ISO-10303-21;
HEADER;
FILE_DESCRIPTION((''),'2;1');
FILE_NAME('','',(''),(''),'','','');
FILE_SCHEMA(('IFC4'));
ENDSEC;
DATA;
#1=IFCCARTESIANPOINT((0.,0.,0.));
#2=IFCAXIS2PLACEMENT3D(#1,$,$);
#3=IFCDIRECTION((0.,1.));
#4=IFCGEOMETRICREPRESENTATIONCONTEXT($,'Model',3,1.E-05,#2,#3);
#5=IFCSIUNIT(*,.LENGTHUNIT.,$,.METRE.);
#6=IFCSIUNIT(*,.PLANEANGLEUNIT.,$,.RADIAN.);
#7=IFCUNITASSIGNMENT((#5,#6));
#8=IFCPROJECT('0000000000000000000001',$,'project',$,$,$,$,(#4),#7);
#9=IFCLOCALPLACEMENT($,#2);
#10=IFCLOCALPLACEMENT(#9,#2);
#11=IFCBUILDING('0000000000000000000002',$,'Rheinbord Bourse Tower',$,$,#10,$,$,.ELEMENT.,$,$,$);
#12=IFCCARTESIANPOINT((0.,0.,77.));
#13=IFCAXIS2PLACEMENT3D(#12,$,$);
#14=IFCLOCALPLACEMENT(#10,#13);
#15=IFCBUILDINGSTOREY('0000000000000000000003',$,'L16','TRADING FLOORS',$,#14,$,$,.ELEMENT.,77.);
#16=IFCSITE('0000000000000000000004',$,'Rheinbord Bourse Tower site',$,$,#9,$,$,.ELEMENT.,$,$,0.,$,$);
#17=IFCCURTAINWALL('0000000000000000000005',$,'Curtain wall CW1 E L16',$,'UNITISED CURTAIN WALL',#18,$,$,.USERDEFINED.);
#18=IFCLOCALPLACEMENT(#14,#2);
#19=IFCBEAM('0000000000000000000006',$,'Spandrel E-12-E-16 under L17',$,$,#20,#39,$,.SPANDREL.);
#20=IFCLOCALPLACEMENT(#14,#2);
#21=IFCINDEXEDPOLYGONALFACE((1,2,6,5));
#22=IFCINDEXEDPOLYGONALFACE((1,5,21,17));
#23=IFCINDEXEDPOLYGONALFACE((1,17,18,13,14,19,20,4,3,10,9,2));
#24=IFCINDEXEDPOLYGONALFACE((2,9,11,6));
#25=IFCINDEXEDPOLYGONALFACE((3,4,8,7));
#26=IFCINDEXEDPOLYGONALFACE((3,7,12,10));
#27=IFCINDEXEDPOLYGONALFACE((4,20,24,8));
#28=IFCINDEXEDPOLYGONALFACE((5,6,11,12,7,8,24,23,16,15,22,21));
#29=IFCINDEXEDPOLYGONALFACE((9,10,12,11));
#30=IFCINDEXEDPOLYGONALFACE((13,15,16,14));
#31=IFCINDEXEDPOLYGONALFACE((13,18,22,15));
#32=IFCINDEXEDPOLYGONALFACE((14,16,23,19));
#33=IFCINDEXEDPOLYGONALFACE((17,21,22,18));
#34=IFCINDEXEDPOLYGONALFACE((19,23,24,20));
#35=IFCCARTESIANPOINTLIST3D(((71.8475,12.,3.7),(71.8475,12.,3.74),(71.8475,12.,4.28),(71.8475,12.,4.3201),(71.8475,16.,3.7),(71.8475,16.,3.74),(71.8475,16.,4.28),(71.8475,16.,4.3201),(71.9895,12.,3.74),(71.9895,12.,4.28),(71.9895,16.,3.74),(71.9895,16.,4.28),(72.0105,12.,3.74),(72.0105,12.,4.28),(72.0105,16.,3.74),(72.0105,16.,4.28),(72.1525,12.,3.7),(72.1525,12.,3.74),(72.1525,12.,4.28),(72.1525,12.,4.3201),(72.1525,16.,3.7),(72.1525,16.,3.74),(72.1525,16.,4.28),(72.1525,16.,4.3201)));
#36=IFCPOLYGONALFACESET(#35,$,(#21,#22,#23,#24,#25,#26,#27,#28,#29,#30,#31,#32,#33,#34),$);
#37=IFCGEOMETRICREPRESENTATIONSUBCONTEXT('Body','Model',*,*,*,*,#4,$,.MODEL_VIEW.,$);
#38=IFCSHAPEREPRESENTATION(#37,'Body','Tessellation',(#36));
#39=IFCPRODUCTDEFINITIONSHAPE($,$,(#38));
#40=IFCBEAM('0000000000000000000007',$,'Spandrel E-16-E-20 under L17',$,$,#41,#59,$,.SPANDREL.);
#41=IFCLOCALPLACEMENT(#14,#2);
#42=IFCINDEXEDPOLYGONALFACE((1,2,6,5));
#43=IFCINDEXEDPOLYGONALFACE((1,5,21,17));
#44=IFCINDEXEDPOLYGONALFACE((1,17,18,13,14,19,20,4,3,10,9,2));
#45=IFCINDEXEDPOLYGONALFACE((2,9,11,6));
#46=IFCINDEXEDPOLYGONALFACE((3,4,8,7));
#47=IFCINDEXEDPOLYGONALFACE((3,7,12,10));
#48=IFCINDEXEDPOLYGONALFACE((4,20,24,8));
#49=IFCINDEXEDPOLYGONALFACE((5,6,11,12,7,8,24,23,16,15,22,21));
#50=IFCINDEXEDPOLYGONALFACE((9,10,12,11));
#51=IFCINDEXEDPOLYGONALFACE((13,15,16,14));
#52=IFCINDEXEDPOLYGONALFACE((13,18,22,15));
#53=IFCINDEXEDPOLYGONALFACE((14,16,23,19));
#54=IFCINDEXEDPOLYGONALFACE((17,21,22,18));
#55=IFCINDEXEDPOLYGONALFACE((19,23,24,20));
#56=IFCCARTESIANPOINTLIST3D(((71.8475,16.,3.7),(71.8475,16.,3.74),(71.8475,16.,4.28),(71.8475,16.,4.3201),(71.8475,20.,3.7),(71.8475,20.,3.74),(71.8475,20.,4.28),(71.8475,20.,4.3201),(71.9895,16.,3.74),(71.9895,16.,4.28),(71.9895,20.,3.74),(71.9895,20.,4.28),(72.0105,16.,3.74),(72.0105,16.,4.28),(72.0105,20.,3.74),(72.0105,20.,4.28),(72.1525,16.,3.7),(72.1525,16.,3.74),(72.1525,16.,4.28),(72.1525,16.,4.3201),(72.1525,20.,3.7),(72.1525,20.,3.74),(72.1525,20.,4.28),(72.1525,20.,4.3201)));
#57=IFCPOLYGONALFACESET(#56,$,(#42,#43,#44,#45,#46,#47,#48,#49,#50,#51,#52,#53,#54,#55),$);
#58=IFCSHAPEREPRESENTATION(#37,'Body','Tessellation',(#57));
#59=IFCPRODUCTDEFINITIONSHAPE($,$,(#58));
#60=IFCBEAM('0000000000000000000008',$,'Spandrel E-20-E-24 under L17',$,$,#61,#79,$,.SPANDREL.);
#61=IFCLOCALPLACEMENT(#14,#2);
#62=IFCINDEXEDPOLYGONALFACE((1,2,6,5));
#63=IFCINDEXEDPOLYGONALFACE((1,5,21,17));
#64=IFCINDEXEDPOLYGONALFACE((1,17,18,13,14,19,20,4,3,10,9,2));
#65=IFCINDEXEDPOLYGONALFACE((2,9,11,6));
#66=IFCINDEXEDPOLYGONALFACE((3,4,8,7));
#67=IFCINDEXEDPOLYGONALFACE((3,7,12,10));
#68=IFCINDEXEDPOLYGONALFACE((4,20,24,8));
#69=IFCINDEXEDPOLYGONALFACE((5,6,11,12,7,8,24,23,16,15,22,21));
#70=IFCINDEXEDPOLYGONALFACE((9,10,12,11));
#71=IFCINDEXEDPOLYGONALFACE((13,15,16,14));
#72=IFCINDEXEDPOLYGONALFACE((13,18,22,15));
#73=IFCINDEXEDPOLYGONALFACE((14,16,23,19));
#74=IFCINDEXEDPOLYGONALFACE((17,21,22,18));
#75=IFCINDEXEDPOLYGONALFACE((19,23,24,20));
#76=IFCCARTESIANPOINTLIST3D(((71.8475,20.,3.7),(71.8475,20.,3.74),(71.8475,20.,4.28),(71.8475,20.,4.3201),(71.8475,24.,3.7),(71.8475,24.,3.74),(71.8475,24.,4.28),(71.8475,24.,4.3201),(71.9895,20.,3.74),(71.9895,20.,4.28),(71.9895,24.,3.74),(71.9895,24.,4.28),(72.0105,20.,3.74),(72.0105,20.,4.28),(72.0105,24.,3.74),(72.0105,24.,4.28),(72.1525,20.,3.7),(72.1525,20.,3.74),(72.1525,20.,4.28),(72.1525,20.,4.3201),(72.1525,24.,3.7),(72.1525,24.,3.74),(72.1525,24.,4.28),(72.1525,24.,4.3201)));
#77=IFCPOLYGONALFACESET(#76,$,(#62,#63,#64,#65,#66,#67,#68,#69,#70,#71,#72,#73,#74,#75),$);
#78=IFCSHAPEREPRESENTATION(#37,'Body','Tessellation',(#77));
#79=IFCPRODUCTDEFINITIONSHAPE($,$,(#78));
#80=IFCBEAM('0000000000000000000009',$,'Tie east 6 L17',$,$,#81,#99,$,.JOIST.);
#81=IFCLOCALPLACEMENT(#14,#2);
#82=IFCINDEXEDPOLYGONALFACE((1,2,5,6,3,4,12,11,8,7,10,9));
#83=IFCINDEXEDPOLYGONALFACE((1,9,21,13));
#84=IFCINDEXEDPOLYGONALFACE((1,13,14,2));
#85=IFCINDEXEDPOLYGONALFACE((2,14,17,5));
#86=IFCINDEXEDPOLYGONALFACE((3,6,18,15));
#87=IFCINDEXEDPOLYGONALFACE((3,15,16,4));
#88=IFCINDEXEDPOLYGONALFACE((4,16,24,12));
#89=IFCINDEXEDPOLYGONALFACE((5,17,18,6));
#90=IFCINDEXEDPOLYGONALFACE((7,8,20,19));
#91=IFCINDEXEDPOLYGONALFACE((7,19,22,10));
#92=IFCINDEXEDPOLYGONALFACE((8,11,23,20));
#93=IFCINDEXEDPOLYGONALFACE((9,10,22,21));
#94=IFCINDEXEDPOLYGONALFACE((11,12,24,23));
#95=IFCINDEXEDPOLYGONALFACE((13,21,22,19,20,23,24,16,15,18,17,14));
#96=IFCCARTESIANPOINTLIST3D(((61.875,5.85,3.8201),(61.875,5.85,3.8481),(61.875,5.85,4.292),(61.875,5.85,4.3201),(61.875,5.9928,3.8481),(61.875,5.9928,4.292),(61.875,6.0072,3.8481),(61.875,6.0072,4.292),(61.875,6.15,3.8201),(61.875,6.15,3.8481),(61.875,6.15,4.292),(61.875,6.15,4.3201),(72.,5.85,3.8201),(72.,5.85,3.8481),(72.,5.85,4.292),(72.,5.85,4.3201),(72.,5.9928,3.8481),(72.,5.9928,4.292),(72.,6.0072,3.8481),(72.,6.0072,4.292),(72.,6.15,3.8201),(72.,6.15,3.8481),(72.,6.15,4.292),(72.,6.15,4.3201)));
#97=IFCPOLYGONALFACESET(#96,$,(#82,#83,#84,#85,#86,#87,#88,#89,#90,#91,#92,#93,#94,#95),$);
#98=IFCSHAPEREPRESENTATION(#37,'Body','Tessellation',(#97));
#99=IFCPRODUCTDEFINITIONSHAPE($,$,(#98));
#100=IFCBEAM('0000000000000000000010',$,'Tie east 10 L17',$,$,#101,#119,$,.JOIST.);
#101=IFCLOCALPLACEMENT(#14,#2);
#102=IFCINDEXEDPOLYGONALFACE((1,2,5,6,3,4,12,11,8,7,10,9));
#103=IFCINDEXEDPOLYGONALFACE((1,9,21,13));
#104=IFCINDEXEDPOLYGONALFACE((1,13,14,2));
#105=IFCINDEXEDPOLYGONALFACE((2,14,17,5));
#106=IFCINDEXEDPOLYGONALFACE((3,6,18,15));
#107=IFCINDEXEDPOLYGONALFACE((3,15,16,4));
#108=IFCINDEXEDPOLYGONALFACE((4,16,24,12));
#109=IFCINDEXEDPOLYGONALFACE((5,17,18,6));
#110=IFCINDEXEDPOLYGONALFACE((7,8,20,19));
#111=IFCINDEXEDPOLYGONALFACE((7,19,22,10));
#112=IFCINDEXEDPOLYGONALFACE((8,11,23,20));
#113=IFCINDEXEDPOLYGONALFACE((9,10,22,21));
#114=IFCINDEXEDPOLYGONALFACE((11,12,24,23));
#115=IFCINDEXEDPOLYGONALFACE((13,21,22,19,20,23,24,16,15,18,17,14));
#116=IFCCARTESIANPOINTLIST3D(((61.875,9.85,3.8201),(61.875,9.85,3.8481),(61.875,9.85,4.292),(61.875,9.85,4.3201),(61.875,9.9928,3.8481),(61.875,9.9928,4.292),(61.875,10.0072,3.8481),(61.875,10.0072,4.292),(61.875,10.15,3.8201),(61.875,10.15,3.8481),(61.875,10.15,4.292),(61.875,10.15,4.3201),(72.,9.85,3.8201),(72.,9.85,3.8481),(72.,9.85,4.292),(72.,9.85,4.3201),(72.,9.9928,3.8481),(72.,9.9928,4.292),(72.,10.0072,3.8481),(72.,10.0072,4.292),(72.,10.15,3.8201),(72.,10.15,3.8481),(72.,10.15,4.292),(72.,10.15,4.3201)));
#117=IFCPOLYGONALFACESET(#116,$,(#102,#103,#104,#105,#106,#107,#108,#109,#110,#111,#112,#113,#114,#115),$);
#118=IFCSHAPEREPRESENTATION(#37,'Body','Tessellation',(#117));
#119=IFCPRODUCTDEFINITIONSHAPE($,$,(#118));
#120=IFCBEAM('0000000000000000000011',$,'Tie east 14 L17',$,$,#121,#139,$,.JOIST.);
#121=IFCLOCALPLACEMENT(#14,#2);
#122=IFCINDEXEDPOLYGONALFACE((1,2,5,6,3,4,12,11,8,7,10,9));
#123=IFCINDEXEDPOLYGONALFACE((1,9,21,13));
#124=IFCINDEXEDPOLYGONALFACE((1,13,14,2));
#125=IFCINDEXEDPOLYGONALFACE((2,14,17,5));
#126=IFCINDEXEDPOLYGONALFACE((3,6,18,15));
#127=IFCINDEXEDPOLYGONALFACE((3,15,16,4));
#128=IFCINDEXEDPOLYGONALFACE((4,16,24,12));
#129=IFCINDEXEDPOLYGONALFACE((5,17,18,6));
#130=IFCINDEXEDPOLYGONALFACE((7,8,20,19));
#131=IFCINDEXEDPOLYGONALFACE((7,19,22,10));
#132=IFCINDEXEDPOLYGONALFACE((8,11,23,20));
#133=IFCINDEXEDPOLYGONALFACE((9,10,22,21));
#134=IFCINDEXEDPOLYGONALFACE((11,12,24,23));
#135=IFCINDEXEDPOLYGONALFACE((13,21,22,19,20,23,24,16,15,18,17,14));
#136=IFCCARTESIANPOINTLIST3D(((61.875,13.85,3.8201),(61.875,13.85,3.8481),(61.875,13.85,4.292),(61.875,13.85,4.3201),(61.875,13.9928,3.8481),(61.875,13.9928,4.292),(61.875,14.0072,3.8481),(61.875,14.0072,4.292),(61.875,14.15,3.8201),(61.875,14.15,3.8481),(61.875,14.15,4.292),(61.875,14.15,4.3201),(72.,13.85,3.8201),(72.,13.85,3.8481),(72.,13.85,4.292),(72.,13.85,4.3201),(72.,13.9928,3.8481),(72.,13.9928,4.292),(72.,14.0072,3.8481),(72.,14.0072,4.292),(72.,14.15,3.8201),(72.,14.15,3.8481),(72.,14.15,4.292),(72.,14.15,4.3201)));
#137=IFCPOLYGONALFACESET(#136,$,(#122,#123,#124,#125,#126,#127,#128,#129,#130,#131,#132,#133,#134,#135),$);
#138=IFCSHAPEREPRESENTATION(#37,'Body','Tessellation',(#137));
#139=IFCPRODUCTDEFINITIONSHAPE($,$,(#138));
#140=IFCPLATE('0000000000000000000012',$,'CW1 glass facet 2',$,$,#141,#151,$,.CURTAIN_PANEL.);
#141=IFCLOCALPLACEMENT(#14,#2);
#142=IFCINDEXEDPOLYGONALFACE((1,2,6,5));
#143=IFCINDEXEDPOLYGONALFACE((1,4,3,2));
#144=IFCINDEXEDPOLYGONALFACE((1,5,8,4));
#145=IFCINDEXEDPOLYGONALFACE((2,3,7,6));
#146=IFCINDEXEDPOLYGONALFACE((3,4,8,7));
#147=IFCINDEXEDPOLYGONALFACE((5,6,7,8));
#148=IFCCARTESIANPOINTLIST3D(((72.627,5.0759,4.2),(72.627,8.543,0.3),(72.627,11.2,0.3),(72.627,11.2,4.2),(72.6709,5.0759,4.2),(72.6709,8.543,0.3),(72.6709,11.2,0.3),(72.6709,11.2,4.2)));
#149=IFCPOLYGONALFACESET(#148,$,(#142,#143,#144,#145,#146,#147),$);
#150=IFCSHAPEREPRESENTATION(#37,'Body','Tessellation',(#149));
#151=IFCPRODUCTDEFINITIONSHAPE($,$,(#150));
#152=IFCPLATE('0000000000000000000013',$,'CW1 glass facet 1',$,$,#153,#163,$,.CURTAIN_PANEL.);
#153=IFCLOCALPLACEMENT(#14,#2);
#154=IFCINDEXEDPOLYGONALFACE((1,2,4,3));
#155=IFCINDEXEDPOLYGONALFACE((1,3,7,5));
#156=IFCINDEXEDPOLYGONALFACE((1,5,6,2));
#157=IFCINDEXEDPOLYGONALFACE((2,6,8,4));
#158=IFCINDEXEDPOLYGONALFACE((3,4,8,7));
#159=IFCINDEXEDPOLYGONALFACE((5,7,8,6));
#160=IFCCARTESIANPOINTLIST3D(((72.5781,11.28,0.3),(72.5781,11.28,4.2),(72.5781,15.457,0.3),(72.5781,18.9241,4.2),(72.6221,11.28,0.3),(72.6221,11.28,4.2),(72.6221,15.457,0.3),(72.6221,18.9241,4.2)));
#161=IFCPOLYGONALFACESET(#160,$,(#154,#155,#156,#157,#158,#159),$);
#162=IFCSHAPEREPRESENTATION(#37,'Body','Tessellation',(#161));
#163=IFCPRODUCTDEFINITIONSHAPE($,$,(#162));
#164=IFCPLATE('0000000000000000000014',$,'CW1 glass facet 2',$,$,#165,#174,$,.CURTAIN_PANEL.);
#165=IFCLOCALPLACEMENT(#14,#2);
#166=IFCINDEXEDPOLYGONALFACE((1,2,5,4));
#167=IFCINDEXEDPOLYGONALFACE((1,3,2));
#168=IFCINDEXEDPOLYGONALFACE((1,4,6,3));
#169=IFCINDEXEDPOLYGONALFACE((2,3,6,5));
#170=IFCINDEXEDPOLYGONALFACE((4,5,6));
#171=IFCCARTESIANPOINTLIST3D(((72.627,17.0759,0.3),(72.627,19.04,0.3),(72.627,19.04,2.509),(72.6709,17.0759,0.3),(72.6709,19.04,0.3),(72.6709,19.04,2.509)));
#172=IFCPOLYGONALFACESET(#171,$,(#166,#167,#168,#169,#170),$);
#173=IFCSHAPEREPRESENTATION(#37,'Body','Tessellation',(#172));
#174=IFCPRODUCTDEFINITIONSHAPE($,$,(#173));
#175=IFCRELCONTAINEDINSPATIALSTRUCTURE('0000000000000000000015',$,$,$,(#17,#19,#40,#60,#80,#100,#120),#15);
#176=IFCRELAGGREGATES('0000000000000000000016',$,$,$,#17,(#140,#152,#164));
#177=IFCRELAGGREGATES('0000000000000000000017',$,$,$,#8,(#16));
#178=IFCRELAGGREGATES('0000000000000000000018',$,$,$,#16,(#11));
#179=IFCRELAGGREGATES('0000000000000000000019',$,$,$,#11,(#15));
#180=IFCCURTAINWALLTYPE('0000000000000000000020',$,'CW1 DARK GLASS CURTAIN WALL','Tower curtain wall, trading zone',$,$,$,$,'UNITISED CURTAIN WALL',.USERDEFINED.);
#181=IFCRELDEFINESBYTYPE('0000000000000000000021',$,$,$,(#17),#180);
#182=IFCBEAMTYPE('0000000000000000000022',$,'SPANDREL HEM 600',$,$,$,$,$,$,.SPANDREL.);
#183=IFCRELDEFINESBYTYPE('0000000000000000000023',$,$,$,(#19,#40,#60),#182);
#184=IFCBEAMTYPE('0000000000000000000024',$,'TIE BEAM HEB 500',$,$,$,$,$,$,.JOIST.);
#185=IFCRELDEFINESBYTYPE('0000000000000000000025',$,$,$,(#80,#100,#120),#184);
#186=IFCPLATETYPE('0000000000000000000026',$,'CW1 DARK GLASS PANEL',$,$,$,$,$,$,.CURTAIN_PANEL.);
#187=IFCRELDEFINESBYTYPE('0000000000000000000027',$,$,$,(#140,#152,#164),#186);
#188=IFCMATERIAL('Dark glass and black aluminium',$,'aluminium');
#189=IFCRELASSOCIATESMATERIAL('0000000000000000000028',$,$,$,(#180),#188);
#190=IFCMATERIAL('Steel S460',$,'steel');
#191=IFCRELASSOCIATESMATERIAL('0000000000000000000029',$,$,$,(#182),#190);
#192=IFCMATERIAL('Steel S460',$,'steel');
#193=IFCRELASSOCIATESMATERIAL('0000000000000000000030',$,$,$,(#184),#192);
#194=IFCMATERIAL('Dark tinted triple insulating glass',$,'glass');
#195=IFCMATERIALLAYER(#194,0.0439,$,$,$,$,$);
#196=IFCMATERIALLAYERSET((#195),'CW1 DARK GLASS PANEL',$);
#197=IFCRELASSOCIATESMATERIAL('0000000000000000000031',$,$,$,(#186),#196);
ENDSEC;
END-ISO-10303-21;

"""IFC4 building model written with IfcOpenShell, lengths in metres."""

from ifc_helpers import new_model, si_unit, direction, frame, origin, origin_2d, place, context, subcontext, project, spatial, polyline, i_section, outline, extrude, material, layer, layer_set, material_profile, profile_set, type_object, element, aggregate, save


model = new_model("IFC4")

# Units and contexts
model_context = context("Model", 3, precision=1e-05, world=origin(), true_north=direction((0.0, 1.0)))
body_context = subcontext(model_context, "Body", "Model", "MODEL_VIEW")
ifc_project = project(units=[si_unit("LENGTHUNIT", "METRE"), si_unit("PLANEANGLEUNIT", "RADIAN")], contexts=[model_context])

# Site, building, storey
site_placement = place(None, origin())
site = spatial("IfcSite", under=ifc_project, at=site_placement, Name="Rheinbord Bourse Tower site", CompositionType="ELEMENT", RefElevation=0.0)
building_placement = place(site_placement, origin())
building = spatial("IfcBuilding", under=site, at=building_placement, Name="Rheinbord Bourse Tower", CompositionType="ELEMENT")
storey_placement = place(building_placement, frame((0.0, 0.0, 77.0)))
storey = spatial("IfcBuildingStorey", under=building, at=storey_placement, Name="L16", Description="TRADING FLOORS", CompositionType="ELEMENT", Elevation=77.0)

# Curtain wall
ifc_material_1 = material(Name="Dark glass and black aluminium", Category="aluminium")
curtain_wall_type = type_object("IfcCurtainWallType", Name="CW1 DARK GLASS CURTAIN WALL", Description="Tower curtain wall, trading zone", ElementType="UNITISED CURTAIN WALL", PredefinedType="USERDEFINED", material=ifc_material_1)
curtain_wall_placement = place(storey_placement, origin())
curtain_wall = element("IfcCurtainWall", 1, at=curtain_wall_placement, inside=storey, type_object=curtain_wall_type, Name="Curtain wall CW1 E L16", ObjectType="UNITISED CURTAIN WALL", PredefinedType="USERDEFINED")

# Beams
ifc_material_2 = material(Name="Steel S460", Category="steel")
ifc_material_profile_1 = material_profile(ifc_material_2, i_section(OverallWidth=0.3049, OverallDepth=0.6201, WebThickness=0.021, FlangeThickness=0.04, at=origin_2d()), Name="HEM 600")
ifc_profile_set_1 = profile_set([ifc_material_profile_1], Name="Steel S460")
beam_type_1 = type_object("IfcBeamType", Name="SPANDREL HEM 600", PredefinedType="SPANDREL", material=ifc_profile_set_1)
for number, where, z_axis, x_axis, name in (
    (2, (72.0, 12.0, 4.01), (0.0, 1.0, 0.0), (-1.0, 0.0, 0.0), "Spandrel E-12-E-16 under L17"),
    (3, (72.0, 16.0, 4.01), (0.0, 1.0, 0.0), (-1.0, 0.0, 0.0), "Spandrel E-16-E-20 under L17"),
    (4, (72.0, 20.0, 4.01), (0.0, 1.0, 0.0), (-1.0, 0.0, 0.0), "Spandrel E-20-E-24 under L17"),
):
    element("IfcBeam", number, at=place(storey_placement, frame(where, z_axis=z_axis, x_axis=x_axis)), inside=storey, type_object=beam_type_1, Name=name, PredefinedType="SPANDREL", context=body_context, shape_type="SweptSolid", body=[
        extrude(i_section(OverallWidth=0.3049, OverallDepth=0.6201, WebThickness=0.021, FlangeThickness=0.04, at=origin_2d()), origin(), (0.0, 0.0, 1.0), 4.0),
    ])
ifc_material_3 = material(Name="Steel S460", Category="steel")
ifc_material_profile_2 = material_profile(ifc_material_3, i_section(OverallWidth=0.3, OverallDepth=0.5, WebThickness=0.0144, FlangeThickness=0.0281, at=origin_2d()), Name="HEB 500")
ifc_profile_set_2 = profile_set([ifc_material_profile_2], Name="Steel S460")
beam_type_2 = type_object("IfcBeamType", Name="TIE BEAM HEB 500", PredefinedType="JOIST", material=ifc_profile_set_2)
for number, where, z_axis, x_axis, name in (
    (5, (61.875, 6.0, 4.0701), (1.0, 0.0, 0.0), (0.0, 1.0, 0.0), "Tie east 6 L17"),
    (6, (61.875, 10.0, 4.0701), (1.0, 0.0, 0.0), (0.0, 1.0, 0.0), "Tie east 10 L17"),
    (7, (61.875, 14.0, 4.0701), (1.0, 0.0, 0.0), (0.0, 1.0, 0.0), "Tie east 14 L17"),
):
    element("IfcBeam", number, at=place(storey_placement, frame(where, z_axis=z_axis, x_axis=x_axis)), inside=storey, type_object=beam_type_2, Name=name, PredefinedType="JOIST", context=body_context, shape_type="SweptSolid", body=[
        extrude(i_section(OverallWidth=0.3, OverallDepth=0.5, WebThickness=0.0144, FlangeThickness=0.0281, at=origin_2d()), origin(), (0.0, 0.0, 1.0), 10.125),
    ])

# Plates
ifc_material_4 = material(Name="Dark tinted triple insulating glass", Category="glass")
ifc_layer_1 = layer(ifc_material_4, 0.0439)
ifc_layer_set_1 = layer_set([ifc_layer_1], Name="CW1 DARK GLASS PANEL")
plate_type = type_object("IfcPlateType", Name="CW1 DARK GLASS PANEL", PredefinedType="CURTAIN_PANEL", material=ifc_layer_set_1)
plate_1_placement = place(storey_placement, frame((72.6709, 11.2, 4.2), z_axis=(-1.0, 0.0, 0.0), x_axis=(0.0, 0.0, -1.0)))
plate_1 = element("IfcPlate", 8, at=plate_1_placement, type_object=plate_type, Name="CW1 glass facet 2", PredefinedType="CURTAIN_PANEL", context=body_context, shape_type="SweptSolid", body=[
    extrude(outline(polyline([(0.0, 0.0), (3.8999, 0.0), (3.8999, 2.657), (0.0, 6.124), (0.0, 0.0)])), origin(), (0.0, 0.0, 1.0), 0.0439),
])
plate_2_placement = place(storey_placement, frame((72.6221, 11.28, 0.3), z_axis=(-1.0, 0.0, 0.0), x_axis=(0.0, 0.0, 1.0)))
plate_2 = element("IfcPlate", 9, at=plate_2_placement, type_object=plate_type, Name="CW1 glass facet 1", PredefinedType="CURTAIN_PANEL", context=body_context, shape_type="SweptSolid", body=[
    extrude(outline(polyline([(0.0, 0.0), (3.8999, 0.0), (3.8999, 7.644), (0.0, 4.177), (0.0, 0.0)])), origin(), (0.0, 0.0, 1.0), 0.0439),
])
plate_3_placement = place(storey_placement, frame((72.6709, 19.04, 0.3), z_axis=(-1.0, 0.0, 0.0), x_axis=(0.0, -1.0, 0.0)))
plate_3 = element("IfcPlate", 10, at=plate_3_placement, type_object=plate_type, Name="CW1 glass facet 2", PredefinedType="CURTAIN_PANEL", context=body_context, shape_type="SweptSolid", body=[
    extrude(outline(polyline([(0.0, 0.0), (1.9641, 0.0), (0.0, 2.209), (0.0, 0.0)])), origin(), (0.0, 0.0, 1.0), 0.0439),
])
aggregate(curtain_wall, [plate_1, plate_2, plate_3])

save(model, "model.ifc")
